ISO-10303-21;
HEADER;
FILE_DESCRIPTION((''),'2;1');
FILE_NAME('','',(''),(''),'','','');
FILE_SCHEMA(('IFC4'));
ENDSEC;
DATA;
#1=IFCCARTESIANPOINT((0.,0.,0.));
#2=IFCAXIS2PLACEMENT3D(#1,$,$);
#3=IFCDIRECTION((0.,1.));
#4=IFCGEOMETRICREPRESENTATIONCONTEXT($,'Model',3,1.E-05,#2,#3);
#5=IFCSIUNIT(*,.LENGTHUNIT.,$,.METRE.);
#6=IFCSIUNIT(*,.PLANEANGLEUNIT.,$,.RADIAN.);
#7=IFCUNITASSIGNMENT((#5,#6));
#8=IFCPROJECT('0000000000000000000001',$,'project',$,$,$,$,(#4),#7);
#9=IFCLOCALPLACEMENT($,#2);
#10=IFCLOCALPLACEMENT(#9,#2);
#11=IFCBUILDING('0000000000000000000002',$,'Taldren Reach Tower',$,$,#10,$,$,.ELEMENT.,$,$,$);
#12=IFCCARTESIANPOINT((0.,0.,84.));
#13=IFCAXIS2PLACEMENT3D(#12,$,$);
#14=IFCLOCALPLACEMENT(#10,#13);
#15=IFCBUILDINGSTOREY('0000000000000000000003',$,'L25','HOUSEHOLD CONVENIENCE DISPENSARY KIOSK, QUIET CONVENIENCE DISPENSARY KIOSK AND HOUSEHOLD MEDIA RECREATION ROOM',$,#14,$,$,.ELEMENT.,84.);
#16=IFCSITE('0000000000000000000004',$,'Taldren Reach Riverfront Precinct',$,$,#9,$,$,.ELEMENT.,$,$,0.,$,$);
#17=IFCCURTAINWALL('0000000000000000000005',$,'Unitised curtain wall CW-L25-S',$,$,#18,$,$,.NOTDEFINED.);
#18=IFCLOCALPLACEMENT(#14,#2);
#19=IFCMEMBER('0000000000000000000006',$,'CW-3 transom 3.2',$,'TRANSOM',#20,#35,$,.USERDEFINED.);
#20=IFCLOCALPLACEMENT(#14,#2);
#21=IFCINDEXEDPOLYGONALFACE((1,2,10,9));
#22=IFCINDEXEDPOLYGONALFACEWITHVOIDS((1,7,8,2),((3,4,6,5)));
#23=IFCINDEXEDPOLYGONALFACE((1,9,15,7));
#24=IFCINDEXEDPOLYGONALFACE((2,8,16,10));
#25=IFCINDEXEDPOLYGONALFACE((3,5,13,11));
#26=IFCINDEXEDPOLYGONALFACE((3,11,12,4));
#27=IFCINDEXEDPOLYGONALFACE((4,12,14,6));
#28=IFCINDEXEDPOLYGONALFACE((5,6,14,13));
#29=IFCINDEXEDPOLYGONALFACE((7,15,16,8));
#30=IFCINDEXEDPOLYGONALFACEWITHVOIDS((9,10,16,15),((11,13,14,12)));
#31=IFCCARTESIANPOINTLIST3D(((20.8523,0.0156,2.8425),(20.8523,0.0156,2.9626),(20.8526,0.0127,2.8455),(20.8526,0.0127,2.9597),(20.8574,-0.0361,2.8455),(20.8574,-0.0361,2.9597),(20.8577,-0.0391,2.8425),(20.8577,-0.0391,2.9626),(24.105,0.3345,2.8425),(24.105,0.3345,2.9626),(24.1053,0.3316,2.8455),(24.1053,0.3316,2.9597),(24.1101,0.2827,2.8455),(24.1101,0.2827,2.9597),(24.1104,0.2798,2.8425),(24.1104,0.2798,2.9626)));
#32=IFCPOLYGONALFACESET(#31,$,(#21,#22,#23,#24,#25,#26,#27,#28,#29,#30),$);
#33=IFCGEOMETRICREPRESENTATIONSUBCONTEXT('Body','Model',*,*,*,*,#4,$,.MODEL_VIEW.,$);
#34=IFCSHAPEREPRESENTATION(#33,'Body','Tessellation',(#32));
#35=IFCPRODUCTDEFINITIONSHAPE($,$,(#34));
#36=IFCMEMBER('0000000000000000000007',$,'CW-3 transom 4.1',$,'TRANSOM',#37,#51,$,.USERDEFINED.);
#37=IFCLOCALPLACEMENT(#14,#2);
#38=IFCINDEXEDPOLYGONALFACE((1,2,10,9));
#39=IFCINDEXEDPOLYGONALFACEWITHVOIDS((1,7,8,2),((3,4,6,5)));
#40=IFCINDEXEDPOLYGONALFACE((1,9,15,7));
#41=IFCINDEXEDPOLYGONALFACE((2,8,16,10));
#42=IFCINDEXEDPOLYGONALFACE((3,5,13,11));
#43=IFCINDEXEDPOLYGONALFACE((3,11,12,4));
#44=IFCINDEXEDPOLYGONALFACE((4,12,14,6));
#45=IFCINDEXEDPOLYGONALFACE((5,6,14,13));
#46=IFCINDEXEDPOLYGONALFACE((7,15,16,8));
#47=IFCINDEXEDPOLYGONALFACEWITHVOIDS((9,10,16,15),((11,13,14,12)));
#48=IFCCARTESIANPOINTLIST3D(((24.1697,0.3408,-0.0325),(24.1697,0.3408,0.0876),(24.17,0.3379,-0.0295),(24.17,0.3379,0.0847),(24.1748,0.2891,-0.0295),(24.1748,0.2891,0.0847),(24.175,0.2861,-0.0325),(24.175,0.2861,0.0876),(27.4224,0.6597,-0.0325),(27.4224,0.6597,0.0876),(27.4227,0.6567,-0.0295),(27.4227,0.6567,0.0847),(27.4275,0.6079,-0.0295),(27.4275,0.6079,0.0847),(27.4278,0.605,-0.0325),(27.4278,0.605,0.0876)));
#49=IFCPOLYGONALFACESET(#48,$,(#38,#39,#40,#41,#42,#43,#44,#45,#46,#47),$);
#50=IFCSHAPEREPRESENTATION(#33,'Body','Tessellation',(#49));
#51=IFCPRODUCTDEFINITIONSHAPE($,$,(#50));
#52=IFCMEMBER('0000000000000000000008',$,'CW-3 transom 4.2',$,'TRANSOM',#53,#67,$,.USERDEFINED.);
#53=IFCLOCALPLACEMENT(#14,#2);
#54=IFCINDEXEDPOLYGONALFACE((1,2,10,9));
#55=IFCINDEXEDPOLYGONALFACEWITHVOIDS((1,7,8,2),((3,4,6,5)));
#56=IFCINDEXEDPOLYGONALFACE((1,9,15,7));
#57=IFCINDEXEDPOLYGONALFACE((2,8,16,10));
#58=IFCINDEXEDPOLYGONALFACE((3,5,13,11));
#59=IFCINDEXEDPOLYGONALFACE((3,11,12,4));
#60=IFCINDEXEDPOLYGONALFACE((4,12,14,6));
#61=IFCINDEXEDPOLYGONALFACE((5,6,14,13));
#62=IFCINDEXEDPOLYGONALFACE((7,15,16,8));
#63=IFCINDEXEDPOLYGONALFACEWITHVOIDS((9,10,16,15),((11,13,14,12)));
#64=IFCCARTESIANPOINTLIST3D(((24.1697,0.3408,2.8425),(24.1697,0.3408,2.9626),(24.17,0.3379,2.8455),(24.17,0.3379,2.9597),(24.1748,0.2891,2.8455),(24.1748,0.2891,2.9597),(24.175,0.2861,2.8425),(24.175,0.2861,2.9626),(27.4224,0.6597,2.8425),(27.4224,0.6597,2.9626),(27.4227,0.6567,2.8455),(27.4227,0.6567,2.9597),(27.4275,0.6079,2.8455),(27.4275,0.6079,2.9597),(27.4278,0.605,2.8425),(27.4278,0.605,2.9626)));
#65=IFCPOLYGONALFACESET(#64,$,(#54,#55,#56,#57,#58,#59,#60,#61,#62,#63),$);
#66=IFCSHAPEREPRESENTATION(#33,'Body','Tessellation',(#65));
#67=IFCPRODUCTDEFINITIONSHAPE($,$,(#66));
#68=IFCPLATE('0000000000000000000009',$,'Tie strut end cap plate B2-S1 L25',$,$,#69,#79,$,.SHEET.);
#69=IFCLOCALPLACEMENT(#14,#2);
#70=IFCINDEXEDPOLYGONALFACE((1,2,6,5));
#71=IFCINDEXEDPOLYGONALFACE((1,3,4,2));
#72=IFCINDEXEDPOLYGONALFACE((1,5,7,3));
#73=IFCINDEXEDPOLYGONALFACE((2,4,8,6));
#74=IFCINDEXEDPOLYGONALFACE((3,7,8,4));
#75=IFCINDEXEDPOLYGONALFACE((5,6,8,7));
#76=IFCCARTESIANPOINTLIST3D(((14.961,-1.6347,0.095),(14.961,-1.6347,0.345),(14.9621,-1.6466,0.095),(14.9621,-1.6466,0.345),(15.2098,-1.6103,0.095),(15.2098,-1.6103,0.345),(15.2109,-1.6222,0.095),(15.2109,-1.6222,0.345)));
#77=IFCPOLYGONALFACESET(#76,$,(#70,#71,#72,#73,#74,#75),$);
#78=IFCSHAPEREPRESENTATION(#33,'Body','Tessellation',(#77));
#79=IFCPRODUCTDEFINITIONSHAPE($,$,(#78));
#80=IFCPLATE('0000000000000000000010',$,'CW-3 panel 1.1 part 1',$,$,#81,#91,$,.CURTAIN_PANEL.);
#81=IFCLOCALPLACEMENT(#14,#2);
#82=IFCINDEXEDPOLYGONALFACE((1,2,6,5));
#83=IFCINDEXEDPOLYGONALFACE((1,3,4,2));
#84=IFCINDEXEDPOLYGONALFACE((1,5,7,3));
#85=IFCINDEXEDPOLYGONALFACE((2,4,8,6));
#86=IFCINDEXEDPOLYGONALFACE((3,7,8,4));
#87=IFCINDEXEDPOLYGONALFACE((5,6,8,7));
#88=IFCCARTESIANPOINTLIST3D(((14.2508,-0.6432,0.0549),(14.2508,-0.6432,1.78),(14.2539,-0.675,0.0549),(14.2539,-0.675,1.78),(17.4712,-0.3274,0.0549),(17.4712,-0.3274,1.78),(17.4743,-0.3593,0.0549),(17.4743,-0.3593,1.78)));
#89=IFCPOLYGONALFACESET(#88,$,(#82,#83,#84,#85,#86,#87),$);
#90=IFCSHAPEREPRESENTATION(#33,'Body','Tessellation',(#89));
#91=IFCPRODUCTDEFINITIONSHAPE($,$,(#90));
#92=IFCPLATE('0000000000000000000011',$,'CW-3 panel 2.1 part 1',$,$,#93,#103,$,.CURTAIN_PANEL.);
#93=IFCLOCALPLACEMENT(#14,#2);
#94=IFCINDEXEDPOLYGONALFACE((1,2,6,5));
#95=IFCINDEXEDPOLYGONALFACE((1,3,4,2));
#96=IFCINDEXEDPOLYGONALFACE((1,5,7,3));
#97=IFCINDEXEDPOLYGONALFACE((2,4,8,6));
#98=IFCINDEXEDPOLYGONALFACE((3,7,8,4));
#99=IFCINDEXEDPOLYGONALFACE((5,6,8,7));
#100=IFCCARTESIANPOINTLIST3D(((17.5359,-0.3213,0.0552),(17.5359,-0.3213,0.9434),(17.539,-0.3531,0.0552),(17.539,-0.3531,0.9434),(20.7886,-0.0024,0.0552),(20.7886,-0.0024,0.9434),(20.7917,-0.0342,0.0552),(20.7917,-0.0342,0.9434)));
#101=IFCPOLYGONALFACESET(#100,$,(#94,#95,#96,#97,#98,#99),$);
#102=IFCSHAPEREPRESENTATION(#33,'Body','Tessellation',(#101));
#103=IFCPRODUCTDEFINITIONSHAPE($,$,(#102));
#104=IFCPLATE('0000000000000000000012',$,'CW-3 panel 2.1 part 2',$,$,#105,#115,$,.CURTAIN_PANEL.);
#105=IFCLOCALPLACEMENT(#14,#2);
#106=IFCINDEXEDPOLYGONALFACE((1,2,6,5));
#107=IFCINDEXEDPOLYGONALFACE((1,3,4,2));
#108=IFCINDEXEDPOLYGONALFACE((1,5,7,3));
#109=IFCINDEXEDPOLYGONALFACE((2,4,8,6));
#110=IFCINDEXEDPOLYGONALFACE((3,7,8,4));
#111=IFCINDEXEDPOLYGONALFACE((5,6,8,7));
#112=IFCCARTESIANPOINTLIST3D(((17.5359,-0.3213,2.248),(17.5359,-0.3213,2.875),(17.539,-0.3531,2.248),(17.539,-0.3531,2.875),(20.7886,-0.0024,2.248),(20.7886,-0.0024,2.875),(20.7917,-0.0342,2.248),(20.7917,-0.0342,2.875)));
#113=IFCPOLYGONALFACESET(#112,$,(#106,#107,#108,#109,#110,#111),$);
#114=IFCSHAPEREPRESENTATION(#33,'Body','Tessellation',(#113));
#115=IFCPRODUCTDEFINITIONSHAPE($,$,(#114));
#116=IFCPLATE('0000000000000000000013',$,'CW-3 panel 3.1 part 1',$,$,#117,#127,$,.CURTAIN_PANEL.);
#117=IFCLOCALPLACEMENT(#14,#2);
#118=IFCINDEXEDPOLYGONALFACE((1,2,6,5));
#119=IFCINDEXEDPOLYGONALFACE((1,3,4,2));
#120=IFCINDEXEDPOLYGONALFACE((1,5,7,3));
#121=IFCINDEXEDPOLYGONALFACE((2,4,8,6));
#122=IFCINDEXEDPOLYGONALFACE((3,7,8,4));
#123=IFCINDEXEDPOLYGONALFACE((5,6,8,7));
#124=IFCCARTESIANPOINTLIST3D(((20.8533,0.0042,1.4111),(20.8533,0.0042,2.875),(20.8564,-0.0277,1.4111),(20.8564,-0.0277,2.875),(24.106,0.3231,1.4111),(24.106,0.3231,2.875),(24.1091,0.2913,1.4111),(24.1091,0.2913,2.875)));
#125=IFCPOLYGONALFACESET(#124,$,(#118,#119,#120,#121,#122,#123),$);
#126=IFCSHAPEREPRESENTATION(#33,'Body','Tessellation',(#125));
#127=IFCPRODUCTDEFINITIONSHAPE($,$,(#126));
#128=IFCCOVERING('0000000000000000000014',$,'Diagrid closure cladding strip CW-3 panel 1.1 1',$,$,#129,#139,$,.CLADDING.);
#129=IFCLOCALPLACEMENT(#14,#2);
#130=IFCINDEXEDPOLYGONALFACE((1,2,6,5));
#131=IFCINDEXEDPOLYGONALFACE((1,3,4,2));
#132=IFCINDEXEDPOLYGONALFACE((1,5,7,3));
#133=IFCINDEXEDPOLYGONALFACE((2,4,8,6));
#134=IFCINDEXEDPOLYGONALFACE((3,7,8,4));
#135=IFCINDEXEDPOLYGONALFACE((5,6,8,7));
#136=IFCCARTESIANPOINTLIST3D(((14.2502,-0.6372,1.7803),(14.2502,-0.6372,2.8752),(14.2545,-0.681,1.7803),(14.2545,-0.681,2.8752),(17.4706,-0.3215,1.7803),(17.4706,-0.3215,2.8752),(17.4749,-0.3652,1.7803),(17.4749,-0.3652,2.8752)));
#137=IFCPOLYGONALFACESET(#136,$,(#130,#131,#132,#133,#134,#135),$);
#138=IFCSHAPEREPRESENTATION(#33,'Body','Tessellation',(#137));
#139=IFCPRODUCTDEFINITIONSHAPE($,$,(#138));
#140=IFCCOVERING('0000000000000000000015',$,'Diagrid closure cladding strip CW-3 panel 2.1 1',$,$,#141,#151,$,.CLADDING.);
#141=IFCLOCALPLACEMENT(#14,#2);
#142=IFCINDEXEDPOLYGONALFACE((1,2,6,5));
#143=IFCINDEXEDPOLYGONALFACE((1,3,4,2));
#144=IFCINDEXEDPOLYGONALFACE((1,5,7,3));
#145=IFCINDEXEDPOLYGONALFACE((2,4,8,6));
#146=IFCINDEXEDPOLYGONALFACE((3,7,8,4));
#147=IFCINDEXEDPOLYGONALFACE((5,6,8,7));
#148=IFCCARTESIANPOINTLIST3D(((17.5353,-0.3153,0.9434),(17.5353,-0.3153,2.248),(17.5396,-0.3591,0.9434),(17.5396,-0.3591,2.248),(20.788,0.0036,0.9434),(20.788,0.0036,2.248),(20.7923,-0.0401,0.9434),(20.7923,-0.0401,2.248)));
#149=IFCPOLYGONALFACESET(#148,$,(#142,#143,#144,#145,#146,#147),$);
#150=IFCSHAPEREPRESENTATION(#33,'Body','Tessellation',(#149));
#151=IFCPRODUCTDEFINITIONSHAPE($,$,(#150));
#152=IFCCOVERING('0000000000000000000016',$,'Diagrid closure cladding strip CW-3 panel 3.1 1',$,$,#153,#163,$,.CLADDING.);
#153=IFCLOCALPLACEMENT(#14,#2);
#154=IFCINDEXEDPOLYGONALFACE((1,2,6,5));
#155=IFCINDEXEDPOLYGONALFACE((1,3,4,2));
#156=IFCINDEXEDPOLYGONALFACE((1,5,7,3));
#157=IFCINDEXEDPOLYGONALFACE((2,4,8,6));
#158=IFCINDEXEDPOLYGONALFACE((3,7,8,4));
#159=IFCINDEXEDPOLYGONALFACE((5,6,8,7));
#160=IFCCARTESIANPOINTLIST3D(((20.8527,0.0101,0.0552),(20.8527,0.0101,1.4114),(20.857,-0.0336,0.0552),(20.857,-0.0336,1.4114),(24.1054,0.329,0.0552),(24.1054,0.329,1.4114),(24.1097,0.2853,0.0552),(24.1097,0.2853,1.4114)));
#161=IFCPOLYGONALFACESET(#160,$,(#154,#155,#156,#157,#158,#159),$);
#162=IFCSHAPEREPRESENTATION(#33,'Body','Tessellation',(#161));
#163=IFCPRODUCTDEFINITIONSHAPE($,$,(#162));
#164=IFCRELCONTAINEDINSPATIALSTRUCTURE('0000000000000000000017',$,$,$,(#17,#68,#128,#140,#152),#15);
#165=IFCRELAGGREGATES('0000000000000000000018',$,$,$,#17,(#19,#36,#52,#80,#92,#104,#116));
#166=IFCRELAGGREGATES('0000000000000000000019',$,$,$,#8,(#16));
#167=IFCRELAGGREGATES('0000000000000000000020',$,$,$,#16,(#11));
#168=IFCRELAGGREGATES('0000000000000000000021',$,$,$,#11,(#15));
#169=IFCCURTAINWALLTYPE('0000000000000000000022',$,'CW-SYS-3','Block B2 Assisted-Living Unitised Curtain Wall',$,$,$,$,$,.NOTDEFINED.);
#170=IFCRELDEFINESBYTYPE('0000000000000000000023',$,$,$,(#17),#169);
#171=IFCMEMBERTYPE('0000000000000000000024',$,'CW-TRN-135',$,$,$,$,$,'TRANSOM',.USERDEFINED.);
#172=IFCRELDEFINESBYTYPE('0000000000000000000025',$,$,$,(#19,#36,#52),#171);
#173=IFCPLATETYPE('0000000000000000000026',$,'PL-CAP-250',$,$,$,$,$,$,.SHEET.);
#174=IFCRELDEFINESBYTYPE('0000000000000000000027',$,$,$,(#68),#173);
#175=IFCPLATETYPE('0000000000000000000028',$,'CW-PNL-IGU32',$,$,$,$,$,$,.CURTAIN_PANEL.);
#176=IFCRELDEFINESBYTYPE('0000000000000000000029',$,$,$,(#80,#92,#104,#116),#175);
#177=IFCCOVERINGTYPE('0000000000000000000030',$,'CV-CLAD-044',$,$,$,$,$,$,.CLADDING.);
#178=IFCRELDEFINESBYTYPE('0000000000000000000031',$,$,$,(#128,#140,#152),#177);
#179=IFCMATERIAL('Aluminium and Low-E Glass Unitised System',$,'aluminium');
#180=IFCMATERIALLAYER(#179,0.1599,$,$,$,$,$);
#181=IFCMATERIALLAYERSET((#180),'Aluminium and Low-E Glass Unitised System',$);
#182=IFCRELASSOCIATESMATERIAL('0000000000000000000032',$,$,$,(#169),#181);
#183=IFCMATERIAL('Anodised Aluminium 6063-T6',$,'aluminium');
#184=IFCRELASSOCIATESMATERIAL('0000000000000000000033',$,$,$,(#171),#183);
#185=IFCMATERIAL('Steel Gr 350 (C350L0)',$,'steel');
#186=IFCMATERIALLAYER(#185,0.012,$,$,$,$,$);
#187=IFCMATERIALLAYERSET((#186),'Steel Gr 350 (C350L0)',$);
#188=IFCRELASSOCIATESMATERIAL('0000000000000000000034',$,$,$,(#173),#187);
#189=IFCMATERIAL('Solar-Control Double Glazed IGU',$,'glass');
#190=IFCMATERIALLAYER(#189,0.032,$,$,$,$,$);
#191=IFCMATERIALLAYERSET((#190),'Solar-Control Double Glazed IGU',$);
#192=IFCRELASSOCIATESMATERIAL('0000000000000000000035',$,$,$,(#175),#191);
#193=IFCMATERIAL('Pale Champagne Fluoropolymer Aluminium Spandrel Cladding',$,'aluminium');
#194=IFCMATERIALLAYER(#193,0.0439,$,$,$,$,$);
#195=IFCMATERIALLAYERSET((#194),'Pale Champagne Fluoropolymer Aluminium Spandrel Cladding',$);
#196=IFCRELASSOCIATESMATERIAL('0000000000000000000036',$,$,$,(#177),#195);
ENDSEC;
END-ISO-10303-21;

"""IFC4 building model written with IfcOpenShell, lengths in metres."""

from ifc_helpers import new_model, si_unit, direction, frame, origin, origin_2d, place, context, subcontext, project, spatial, rectangle, hollow_rectangle, extrude, source, transform, mapped, material, layer, layer_set, material_profile, profile_set, type_object, element, aggregate, save


model = new_model("IFC4")

# Units and contexts
model_context = context("Model", 3, precision=1e-05, world=origin(), true_north=direction((0.0, 1.0)))
body_context = subcontext(model_context, "Body", "Model", "MODEL_VIEW")
ifc_project = project(units=[si_unit("LENGTHUNIT", "METRE"), si_unit("PLANEANGLEUNIT", "RADIAN")], contexts=[model_context])

# Site, building, storey
site_placement = place(None, origin())
site = spatial("IfcSite", under=ifc_project, at=site_placement, Name="Taldren Reach Riverfront Precinct", CompositionType="ELEMENT", RefElevation=0.0)
building_placement = place(site_placement, origin())
building = spatial("IfcBuilding", under=site, at=building_placement, Name="Taldren Reach Tower", CompositionType="ELEMENT")
storey_placement = place(building_placement, frame((0.0, 0.0, 84.0)))
storey = spatial("IfcBuildingStorey", under=building, at=storey_placement, Name="L25", Description="HOUSEHOLD CONVENIENCE DISPENSARY KIOSK, QUIET CONVENIENCE DISPENSARY KIOSK AND HOUSEHOLD MEDIA RECREATION ROOM", CompositionType="ELEMENT", Elevation=84.0)

# Shared definitions
ifc_material_1 = material(Name="Steel Gr 350 (C350L0)", Category="steel")

# Curtain wall, members
ifc_material_2 = material(Name="Aluminium and Low-E Glass Unitised System", Category="aluminium")
ifc_layer_1 = layer(ifc_material_2, 0.1599)
ifc_layer_set_1 = layer_set([ifc_layer_1], Name="Aluminium and Low-E Glass Unitised System")
curtain_wall_type = type_object("IfcCurtainWallType", Name="CW-SYS-3", Description="Block B2 Assisted-Living Unitised Curtain Wall", PredefinedType="NOTDEFINED", material=ifc_layer_set_1)
curtain_wall_placement = place(storey_placement, origin())
curtain_wall = element("IfcCurtainWall", 1, at=curtain_wall_placement, inside=storey, type_object=curtain_wall_type, Name="Unitised curtain wall CW-L25-S", PredefinedType="NOTDEFINED")
ifc_material_3 = material(Name="Anodised Aluminium 6063-T6", Category="aluminium")
ifc_material_profile_1 = material_profile(ifc_material_3, hollow_rectangle(XDim=0.0549, YDim=0.1201, WallThickness=0.0029, at=origin_2d()), Name="ALU-120x55x3RHS")
ifc_profile_set_1 = profile_set([ifc_material_profile_1], Name="Anodised Aluminium 6063-T6")
member_type_1 = type_object("IfcMemberType", Name="CW-TRN-135", ElementType="TRANSOM", PredefinedType="USERDEFINED", material=ifc_profile_set_1)
shared_shape_1 = source(origin(), body_context, "Body", "SweptSolid", [
    extrude(hollow_rectangle(XDim=0.0549, YDim=0.1201, WallThickness=0.0029, at=origin_2d()), origin(), (0.0, 0.0, 1.0), 3.2683),
])
member_1_placement = place(storey_placement, frame((20.855, -0.0117, 2.9026), z_axis=(0.99523, 0.097558, 0.0), x_axis=(-0.097558, 0.99523, 0.0)))
member_1 = element("IfcMember", 2, at=member_1_placement, type_object=member_type_1, Name="CW-3 transom 3.2", ObjectType="TRANSOM", PredefinedType="USERDEFINED", context=body_context, shape_type="MappedRepresentation", body=[
    mapped(shared_shape_1, transform((0.0, 0.0, 0.0), scale=1.0)),
])
member_2_placement = place(storey_placement, frame((24.1724, 0.3135, 0.0276), z_axis=(0.99523, 0.097558, 0.0), x_axis=(-0.097558, 0.99523, 0.0)))
member_2 = element("IfcMember", 3, at=member_2_placement, type_object=member_type_1, Name="CW-3 transom 4.1", ObjectType="TRANSOM", PredefinedType="USERDEFINED", context=body_context, shape_type="MappedRepresentation", body=[
    mapped(shared_shape_1, transform((0.0, 0.0, 0.0), scale=1.0)),
])
member_3_placement = place(storey_placement, frame((24.1724, 0.3135, 2.9026), z_axis=(0.99523, 0.097558, 0.0), x_axis=(-0.097558, 0.99523, 0.0)))
member_3 = element("IfcMember", 4, at=member_3_placement, type_object=member_type_1, Name="CW-3 transom 4.2", ObjectType="TRANSOM", PredefinedType="USERDEFINED", context=body_context, shape_type="MappedRepresentation", body=[
    mapped(shared_shape_1, transform((0.0, 0.0, 0.0), scale=1.0)),
])

# Plates
ifc_layer_2 = layer(ifc_material_1, 0.012)
ifc_layer_set_2 = layer_set([ifc_layer_2], Name="Steel Gr 350 (C350L0)")
plate_type_1 = type_object("IfcPlateType", Name="PL-CAP-250", PredefinedType="SHEET", material=ifc_layer_set_2)
shared_shape_2 = source(origin(), body_context, "Body", "SweptSolid", [
    extrude(rectangle(XDim=0.25, YDim=0.012, at=origin_2d()), origin(), (0.0, 0.0, 1.0), 0.25),
])
plate_1_placement = place(storey_placement, frame((15.0859, -1.6284, 0.095), z_axis=(0.0, 0.0, 1.0), x_axis=(0.995227, 0.097583, 0.0)))
element("IfcPlate", 5, at=plate_1_placement, inside=storey, type_object=plate_type_1, Name="Tie strut end cap plate B2-S1 L25", PredefinedType="SHEET", context=body_context, shape_type="MappedRepresentation", body=[
    mapped(shared_shape_2, transform((0.0, 0.0, 0.0), scale=1.0)),
])
ifc_material_4 = material(Name="Solar-Control Double Glazed IGU", Category="glass")
ifc_layer_3 = layer(ifc_material_4, 0.032)
ifc_layer_set_3 = layer_set([ifc_layer_3], Name="Solar-Control Double Glazed IGU")
plate_type_2 = type_object("IfcPlateType", Name="CW-PNL-IGU32", PredefinedType="CURTAIN_PANEL", material=ifc_layer_set_3)
shared_shape_3 = source(origin(), body_context, "Body", "SweptSolid", [
    extrude(rectangle(XDim=3.2358, YDim=0.032, at=origin_2d()), origin(), (0.0, 0.0, 1.0), 1.7251),
])
plate_2_placement = place(storey_placement, frame((15.8625, -0.5012, 0.0549), z_axis=(0.0, 0.0, 1.0), x_axis=(0.995227, 0.097583, 0.0)))
plate_2 = element("IfcPlate", 6, at=plate_2_placement, type_object=plate_type_2, Name="CW-3 panel 1.1 part 1", PredefinedType="CURTAIN_PANEL", context=body_context, shape_type="MappedRepresentation", body=[
    mapped(shared_shape_3, transform((0.0, 0.0, 0.0), scale=1.0)),
])
shared_shape_4 = source(origin(), body_context, "Body", "SweptSolid", [
    extrude(rectangle(XDim=3.2683, YDim=0.032, at=origin_2d()), origin(), (0.0, 0.0, 1.0), 0.8882),
])
plate_3_placement = place(storey_placement, frame((19.1638, -0.1777, 0.0552), z_axis=(0.0, 0.0, 1.0), x_axis=(0.995227, 0.097583, 0.0)))
plate_3 = element("IfcPlate", 7, at=plate_3_placement, type_object=plate_type_2, Name="CW-3 panel 2.1 part 1", PredefinedType="CURTAIN_PANEL", context=body_context, shape_type="MappedRepresentation", body=[
    mapped(shared_shape_4, transform((0.0, 0.0, 0.0), scale=1.0)),
])
shared_shape_5 = source(origin(), body_context, "Body", "SweptSolid", [
    extrude(rectangle(XDim=3.2683, YDim=0.032, at=origin_2d()), origin(), (0.0, 0.0, 1.0), 0.627),
])
plate_4_placement = place(storey_placement, frame((19.1638, -0.1777, 2.248), z_axis=(0.0, 0.0, 1.0), x_axis=(0.995227, 0.097583, 0.0)))
plate_4 = element("IfcPlate", 8, at=plate_4_placement, type_object=plate_type_2, Name="CW-3 panel 2.1 part 2", PredefinedType="CURTAIN_PANEL", context=body_context, shape_type="MappedRepresentation", body=[
    mapped(shared_shape_5, transform((0.0, 0.0, 0.0), scale=1.0)),
])
shared_shape_6 = source(origin(), body_context, "Body", "SweptSolid", [
    extrude(rectangle(XDim=3.2683, YDim=0.032, at=origin_2d()), origin(), (0.0, 0.0, 1.0), 1.4639),
])
plate_5_placement = place(storey_placement, frame((22.4812, 0.1477, 1.4111), z_axis=(0.0, 0.0, 1.0), x_axis=(0.995227, 0.097583, 0.0)))
plate_5 = element("IfcPlate", 9, at=plate_5_placement, type_object=plate_type_2, Name="CW-3 panel 3.1 part 1", PredefinedType="CURTAIN_PANEL", context=body_context, shape_type="MappedRepresentation", body=[
    mapped(shared_shape_6, transform((0.0, 0.0, 0.0), scale=1.0)),
])
aggregate(curtain_wall, [member_1, member_2, member_3, plate_2, plate_3, plate_4, plate_5])

# Coverings
ifc_material_5 = material(Name="Pale Champagne Fluoropolymer Aluminium Spandrel Cladding", Category="aluminium")
ifc_layer_4 = layer(ifc_material_5, 0.0439)
ifc_layer_set_4 = layer_set([ifc_layer_4], Name="Pale Champagne Fluoropolymer Aluminium Spandrel Cladding")
covering_type = type_object("IfcCoveringType", Name="CV-CLAD-044", PredefinedType="CLADDING", material=ifc_layer_set_4)
shared_shape_7 = source(origin(), body_context, "Body", "SweptSolid", [
    extrude(rectangle(XDim=3.2358, YDim=0.0439, at=origin_2d()), origin(), (0.0, 0.0, 1.0), 1.095),
])
covering_1_placement = place(storey_placement, frame((15.8625, -0.5012, 1.7803), z_axis=(0.0, 0.0, 1.0), x_axis=(0.995227, 0.097583, 0.0)))
element("IfcCovering", 10, at=covering_1_placement, inside=storey, type_object=covering_type, Name="Diagrid closure cladding strip CW-3 panel 1.1 1", PredefinedType="CLADDING", context=body_context, shape_type="MappedRepresentation", body=[
    mapped(shared_shape_7, transform((0.0, 0.0, 0.0), scale=1.0)),
])
shared_shape_8 = source(origin(), body_context, "Body", "SweptSolid", [
    extrude(rectangle(XDim=3.2683, YDim=0.0439, at=origin_2d()), origin(), (0.0, 0.0, 1.0), 1.3047),
])
covering_2_placement = place(storey_placement, frame((19.1638, -0.1777, 0.9434), z_axis=(0.0, 0.0, 1.0), x_axis=(0.995227, 0.097583, 0.0)))
element("IfcCovering", 11, at=covering_2_placement, inside=storey, type_object=covering_type, Name="Diagrid closure cladding strip CW-3 panel 2.1 1", PredefinedType="CLADDING", context=body_context, shape_type="MappedRepresentation", body=[
    mapped(shared_shape_8, transform((0.0, 0.0, 0.0), scale=1.0)),
])
shared_shape_9 = source(origin(), body_context, "Body", "SweptSolid", [
    extrude(rectangle(XDim=3.2683, YDim=0.0439, at=origin_2d()), origin(), (0.0, 0.0, 1.0), 1.3562),
])
covering_3_placement = place(storey_placement, frame((22.4812, 0.1477, 0.0552), z_axis=(0.0, 0.0, 1.0), x_axis=(0.995227, 0.097583, 0.0)))
element("IfcCovering", 12, at=covering_3_placement, inside=storey, type_object=covering_type, Name="Diagrid closure cladding strip CW-3 panel 3.1 1", PredefinedType="CLADDING", context=body_context, shape_type="MappedRepresentation", body=[
    mapped(shared_shape_9, transform((0.0, 0.0, 0.0), scale=1.0)),
])

save(model, "model.ifc")
